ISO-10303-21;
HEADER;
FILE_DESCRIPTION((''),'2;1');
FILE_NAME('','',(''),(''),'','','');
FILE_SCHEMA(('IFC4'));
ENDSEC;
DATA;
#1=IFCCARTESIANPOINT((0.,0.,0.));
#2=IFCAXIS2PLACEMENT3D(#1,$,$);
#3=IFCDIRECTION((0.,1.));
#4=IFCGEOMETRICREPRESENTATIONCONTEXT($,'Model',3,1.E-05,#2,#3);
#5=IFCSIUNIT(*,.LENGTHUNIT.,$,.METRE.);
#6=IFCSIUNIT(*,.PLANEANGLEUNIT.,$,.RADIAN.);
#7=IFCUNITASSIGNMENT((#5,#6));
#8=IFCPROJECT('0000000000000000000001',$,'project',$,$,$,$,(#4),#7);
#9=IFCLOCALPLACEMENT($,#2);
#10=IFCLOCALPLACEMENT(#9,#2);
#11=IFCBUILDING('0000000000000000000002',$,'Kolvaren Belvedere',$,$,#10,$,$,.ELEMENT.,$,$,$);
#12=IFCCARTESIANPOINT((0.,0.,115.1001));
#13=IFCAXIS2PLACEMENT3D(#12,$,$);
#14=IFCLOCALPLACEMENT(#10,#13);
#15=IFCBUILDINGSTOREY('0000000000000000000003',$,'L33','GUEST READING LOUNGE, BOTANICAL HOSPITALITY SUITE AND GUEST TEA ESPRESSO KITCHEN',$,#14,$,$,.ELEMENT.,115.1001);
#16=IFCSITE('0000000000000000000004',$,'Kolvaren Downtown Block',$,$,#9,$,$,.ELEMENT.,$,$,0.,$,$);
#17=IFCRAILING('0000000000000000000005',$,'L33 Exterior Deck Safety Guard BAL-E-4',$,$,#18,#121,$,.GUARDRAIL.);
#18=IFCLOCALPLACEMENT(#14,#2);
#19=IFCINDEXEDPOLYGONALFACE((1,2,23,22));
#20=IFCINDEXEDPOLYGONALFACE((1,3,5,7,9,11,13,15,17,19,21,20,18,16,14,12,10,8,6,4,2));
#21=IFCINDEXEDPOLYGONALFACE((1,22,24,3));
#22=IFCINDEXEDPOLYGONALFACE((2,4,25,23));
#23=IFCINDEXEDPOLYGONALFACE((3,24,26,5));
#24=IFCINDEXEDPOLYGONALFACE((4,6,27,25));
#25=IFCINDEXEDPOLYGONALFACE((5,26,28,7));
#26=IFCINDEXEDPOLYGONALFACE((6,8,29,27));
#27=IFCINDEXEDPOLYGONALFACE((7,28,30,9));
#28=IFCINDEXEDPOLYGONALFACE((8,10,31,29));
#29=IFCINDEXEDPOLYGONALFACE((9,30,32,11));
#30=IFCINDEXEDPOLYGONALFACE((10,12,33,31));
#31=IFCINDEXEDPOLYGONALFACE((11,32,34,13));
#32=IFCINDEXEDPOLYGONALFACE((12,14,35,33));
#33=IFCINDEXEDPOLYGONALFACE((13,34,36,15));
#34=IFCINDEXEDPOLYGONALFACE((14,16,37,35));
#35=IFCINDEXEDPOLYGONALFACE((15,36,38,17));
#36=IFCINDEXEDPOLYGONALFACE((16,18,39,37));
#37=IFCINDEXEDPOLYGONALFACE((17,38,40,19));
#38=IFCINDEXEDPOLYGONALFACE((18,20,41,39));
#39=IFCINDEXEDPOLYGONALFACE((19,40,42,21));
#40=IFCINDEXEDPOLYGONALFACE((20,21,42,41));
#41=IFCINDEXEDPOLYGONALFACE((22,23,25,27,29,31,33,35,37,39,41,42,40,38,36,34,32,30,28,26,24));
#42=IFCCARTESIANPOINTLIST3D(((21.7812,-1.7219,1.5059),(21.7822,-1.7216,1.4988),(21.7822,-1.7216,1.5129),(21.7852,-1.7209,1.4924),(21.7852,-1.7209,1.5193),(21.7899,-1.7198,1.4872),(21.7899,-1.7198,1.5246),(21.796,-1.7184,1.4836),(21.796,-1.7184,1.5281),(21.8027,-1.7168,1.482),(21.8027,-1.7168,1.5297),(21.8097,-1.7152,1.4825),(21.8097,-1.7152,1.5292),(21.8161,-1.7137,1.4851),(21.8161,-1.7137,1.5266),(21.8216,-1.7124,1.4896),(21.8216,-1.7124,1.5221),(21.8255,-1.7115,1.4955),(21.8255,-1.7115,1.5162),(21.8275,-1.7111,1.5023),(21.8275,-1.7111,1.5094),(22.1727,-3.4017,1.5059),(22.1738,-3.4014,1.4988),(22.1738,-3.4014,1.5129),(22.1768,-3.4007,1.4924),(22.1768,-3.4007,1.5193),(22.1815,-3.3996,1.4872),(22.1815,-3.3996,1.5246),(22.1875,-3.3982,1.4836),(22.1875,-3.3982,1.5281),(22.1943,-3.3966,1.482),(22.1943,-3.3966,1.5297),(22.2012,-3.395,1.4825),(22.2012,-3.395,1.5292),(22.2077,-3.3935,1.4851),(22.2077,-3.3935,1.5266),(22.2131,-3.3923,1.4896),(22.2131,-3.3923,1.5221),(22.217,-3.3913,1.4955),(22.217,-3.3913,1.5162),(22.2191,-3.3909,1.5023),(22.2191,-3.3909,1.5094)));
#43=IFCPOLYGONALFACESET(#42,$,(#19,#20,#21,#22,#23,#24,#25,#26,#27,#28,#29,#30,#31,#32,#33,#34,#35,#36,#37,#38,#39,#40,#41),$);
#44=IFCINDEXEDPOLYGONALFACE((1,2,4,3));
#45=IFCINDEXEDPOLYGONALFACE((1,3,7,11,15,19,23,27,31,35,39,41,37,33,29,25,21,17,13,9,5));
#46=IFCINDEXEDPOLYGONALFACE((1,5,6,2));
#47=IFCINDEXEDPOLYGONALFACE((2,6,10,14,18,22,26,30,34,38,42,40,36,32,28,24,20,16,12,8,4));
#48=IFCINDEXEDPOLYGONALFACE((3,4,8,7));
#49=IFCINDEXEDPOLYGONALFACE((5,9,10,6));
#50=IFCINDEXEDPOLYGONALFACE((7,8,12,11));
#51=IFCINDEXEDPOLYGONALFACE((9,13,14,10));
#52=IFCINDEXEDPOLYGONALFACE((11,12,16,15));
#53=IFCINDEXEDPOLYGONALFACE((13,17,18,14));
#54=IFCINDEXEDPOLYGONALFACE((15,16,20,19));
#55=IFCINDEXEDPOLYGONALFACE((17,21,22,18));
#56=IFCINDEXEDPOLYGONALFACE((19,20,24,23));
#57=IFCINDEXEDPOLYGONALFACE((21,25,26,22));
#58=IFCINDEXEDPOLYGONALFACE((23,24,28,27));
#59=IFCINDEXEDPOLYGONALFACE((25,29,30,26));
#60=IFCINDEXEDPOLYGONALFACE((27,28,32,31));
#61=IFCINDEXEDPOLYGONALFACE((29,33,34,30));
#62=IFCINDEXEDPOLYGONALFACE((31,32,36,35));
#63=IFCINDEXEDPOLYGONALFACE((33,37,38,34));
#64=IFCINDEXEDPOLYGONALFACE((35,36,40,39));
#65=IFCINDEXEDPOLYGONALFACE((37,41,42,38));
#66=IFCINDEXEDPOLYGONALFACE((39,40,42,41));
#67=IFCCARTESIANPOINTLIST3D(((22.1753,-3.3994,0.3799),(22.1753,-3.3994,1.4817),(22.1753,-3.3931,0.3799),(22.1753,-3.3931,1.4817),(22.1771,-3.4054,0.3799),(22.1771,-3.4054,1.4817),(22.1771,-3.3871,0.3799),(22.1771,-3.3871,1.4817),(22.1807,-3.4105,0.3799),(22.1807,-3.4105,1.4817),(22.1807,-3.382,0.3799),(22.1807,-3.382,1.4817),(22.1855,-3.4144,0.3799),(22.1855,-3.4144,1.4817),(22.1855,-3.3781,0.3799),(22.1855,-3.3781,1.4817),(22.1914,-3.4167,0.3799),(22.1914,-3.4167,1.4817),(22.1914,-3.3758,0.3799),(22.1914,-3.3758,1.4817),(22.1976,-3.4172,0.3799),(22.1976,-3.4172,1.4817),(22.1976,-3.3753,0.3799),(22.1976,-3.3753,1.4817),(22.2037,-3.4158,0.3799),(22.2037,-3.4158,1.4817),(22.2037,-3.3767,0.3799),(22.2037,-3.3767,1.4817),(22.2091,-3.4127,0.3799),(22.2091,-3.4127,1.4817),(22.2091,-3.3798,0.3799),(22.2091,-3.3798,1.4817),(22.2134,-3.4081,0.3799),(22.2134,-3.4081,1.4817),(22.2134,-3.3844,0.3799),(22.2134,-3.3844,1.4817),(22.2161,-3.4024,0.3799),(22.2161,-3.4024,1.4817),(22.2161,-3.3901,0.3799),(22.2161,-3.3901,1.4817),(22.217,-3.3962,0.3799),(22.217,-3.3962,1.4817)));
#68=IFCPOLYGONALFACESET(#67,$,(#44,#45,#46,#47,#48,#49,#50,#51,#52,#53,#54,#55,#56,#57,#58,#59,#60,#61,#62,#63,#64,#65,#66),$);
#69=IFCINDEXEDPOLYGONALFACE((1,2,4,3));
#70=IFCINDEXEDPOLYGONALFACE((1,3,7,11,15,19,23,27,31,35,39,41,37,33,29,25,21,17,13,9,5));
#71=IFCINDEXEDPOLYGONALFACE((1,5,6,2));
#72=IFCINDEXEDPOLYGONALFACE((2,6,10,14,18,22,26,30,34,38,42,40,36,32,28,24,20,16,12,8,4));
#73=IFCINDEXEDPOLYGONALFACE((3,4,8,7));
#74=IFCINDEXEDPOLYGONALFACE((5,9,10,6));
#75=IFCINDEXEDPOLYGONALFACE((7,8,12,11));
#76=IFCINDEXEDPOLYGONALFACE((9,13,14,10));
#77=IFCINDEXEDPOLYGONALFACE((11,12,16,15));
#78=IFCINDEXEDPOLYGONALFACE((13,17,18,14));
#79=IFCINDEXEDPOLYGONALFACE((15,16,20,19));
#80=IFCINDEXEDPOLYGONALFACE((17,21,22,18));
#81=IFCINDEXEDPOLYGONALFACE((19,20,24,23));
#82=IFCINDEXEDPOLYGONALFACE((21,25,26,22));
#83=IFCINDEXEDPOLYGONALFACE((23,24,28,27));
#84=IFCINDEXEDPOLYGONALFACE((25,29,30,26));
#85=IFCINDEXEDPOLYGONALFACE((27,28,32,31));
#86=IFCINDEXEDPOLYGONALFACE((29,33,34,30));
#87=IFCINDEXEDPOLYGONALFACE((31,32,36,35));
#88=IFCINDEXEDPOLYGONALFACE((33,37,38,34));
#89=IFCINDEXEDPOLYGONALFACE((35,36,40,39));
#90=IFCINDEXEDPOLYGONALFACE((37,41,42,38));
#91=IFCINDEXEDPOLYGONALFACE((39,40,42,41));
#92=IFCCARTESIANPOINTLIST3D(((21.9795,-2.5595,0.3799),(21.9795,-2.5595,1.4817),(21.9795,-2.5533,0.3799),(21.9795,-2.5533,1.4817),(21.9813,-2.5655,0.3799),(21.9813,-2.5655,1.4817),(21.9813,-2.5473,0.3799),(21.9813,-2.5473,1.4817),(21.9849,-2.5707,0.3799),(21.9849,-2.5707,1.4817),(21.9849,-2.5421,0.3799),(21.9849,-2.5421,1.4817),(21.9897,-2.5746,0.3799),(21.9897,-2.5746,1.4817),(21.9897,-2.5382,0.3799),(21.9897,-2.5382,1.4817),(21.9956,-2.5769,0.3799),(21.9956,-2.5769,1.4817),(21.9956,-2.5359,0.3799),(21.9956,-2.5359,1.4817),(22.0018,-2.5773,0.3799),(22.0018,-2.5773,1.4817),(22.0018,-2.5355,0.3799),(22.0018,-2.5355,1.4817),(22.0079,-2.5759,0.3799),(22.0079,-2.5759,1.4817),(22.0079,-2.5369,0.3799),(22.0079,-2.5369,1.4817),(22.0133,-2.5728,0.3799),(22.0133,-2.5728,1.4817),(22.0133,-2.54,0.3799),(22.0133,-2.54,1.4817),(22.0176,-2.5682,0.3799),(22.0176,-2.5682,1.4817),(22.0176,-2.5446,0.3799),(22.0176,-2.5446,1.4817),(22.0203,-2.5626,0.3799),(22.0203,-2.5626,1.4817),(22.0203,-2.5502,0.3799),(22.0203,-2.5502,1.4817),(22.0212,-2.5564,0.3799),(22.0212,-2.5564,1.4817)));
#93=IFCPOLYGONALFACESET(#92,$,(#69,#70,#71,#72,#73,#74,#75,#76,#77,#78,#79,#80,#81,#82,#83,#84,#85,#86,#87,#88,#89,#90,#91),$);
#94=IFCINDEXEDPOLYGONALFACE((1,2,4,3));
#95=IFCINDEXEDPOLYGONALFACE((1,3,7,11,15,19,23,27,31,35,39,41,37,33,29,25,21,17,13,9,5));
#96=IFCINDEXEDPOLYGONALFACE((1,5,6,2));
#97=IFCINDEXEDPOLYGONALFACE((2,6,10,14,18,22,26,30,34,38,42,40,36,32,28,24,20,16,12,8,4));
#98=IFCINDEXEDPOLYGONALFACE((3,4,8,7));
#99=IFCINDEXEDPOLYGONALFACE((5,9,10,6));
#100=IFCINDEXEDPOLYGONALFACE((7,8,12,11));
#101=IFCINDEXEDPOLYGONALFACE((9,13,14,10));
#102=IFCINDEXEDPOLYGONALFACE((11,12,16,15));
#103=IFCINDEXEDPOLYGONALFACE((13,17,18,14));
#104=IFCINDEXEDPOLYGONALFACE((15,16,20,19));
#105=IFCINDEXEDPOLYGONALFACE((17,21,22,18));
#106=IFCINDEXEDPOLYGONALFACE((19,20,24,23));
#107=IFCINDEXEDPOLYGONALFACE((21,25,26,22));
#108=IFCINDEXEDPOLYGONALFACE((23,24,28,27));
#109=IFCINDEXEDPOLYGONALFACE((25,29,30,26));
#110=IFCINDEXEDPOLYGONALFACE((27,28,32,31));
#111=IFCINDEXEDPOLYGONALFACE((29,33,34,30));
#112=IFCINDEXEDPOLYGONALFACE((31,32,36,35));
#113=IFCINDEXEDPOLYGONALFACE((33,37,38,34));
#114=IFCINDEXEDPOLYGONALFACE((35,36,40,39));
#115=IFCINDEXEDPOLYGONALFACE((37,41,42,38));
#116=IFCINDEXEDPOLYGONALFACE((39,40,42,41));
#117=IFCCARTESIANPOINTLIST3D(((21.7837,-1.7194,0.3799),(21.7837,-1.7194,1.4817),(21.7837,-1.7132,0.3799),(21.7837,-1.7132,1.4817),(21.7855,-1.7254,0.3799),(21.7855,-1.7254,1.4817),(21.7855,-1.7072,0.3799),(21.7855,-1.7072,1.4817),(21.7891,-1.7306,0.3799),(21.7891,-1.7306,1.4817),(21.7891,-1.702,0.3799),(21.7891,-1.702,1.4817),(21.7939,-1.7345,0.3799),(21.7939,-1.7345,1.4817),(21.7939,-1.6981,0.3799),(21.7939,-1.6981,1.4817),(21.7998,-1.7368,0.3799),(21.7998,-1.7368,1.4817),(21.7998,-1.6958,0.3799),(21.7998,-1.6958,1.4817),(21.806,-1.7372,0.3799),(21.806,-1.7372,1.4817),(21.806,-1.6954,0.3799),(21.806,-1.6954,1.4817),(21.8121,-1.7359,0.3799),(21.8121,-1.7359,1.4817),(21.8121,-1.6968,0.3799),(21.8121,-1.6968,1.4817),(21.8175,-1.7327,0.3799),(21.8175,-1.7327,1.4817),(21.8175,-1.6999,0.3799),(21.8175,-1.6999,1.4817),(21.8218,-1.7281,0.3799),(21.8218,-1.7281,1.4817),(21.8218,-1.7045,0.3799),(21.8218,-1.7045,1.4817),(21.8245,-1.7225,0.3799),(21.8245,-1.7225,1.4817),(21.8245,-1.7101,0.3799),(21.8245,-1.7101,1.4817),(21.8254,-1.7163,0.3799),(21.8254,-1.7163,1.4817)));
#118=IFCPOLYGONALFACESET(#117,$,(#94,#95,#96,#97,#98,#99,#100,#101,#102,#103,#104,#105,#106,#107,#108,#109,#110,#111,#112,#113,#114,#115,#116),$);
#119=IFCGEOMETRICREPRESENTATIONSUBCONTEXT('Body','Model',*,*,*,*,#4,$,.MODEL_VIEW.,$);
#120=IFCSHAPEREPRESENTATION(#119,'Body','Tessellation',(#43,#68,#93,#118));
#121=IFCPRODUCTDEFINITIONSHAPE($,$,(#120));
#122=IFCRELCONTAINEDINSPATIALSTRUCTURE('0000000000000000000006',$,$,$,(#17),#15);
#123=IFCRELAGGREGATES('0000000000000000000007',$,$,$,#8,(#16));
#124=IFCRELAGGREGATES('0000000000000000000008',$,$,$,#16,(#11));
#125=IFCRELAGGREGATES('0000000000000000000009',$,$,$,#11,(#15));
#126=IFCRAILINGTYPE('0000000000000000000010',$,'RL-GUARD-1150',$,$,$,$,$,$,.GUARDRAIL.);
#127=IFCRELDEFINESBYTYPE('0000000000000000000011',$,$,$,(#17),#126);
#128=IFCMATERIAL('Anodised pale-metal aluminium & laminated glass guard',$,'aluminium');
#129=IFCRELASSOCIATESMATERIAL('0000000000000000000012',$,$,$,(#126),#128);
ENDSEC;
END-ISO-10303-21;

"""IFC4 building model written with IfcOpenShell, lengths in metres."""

from ifc_helpers import new_model, si_unit, direction, frame, origin, origin_2d, place, context, subcontext, project, spatial, circle, extrude, material, type_object, element, save


model = new_model("IFC4")

# Units and contexts
model_context = context("Model", 3, precision=1e-05, world=origin(), true_north=direction((0.0, 1.0)))
body_context = subcontext(model_context, "Body", "Model", "MODEL_VIEW")
ifc_project = project(units=[si_unit("LENGTHUNIT", "METRE"), si_unit("PLANEANGLEUNIT", "RADIAN")], contexts=[model_context])

# Site, building, storey
site_placement = place(None, origin())
site = spatial("IfcSite", under=ifc_project, at=site_placement, Name="Kolvaren Downtown Block", CompositionType="ELEMENT", RefElevation=0.0)
building_placement = place(site_placement, origin())
building = spatial("IfcBuilding", under=site, at=building_placement, Name="Kolvaren Belvedere", CompositionType="ELEMENT")
storey_placement = place(building_placement, frame((0.0, 0.0, 115.1001)))
storey = spatial("IfcBuildingStorey", under=building, at=storey_placement, Name="L33", Description="GUEST READING LOUNGE, BOTANICAL HOSPITALITY SUITE AND GUEST TEA ESPRESSO KITCHEN", CompositionType="ELEMENT", Elevation=115.1001)

# Railing
ifc_material_1 = material(Name="Anodised pale-metal aluminium & laminated glass guard", Category="aluminium")
railing_type = type_object("IfcRailingType", Name="RL-GUARD-1150", PredefinedType="GUARDRAIL", material=ifc_material_1)
railing_1_placement = place(storey_placement, frame((22.196, -3.3962, 0.3799)))
element("IfcRailing", 1, at=railing_1_placement, inside=storey, type_object=railing_type, Name="L33 Exterior Deck Safety Guard BAL-E-4", PredefinedType="GUARDRAIL", context=body_context, shape_type="SweptSolid", body=[
    extrude(circle(Radius=0.0239, at=origin_2d()), frame((0.0, 0.0, 1.126), z_axis=(-0.227019, 0.97389, 0.0), x_axis=(-0.97389, -0.227019, 0.0)), (0.0, 0.0, 1.0), 1.7249),
    extrude(circle(Radius=0.021, at=origin_2d()), origin(), (0.0, 0.0, 1.0), 1.1018),
    extrude(circle(Radius=0.021, at=origin_2d()), frame((-0.1958, 0.8398, 0.0)), (0.0, 0.0, 1.0), 1.1018),
    extrude(circle(Radius=0.021, at=origin_2d()), frame((-0.3916, 1.6799, 0.0)), (0.0, 0.0, 1.0), 1.1018),
])

save(model, "model.ifc")
